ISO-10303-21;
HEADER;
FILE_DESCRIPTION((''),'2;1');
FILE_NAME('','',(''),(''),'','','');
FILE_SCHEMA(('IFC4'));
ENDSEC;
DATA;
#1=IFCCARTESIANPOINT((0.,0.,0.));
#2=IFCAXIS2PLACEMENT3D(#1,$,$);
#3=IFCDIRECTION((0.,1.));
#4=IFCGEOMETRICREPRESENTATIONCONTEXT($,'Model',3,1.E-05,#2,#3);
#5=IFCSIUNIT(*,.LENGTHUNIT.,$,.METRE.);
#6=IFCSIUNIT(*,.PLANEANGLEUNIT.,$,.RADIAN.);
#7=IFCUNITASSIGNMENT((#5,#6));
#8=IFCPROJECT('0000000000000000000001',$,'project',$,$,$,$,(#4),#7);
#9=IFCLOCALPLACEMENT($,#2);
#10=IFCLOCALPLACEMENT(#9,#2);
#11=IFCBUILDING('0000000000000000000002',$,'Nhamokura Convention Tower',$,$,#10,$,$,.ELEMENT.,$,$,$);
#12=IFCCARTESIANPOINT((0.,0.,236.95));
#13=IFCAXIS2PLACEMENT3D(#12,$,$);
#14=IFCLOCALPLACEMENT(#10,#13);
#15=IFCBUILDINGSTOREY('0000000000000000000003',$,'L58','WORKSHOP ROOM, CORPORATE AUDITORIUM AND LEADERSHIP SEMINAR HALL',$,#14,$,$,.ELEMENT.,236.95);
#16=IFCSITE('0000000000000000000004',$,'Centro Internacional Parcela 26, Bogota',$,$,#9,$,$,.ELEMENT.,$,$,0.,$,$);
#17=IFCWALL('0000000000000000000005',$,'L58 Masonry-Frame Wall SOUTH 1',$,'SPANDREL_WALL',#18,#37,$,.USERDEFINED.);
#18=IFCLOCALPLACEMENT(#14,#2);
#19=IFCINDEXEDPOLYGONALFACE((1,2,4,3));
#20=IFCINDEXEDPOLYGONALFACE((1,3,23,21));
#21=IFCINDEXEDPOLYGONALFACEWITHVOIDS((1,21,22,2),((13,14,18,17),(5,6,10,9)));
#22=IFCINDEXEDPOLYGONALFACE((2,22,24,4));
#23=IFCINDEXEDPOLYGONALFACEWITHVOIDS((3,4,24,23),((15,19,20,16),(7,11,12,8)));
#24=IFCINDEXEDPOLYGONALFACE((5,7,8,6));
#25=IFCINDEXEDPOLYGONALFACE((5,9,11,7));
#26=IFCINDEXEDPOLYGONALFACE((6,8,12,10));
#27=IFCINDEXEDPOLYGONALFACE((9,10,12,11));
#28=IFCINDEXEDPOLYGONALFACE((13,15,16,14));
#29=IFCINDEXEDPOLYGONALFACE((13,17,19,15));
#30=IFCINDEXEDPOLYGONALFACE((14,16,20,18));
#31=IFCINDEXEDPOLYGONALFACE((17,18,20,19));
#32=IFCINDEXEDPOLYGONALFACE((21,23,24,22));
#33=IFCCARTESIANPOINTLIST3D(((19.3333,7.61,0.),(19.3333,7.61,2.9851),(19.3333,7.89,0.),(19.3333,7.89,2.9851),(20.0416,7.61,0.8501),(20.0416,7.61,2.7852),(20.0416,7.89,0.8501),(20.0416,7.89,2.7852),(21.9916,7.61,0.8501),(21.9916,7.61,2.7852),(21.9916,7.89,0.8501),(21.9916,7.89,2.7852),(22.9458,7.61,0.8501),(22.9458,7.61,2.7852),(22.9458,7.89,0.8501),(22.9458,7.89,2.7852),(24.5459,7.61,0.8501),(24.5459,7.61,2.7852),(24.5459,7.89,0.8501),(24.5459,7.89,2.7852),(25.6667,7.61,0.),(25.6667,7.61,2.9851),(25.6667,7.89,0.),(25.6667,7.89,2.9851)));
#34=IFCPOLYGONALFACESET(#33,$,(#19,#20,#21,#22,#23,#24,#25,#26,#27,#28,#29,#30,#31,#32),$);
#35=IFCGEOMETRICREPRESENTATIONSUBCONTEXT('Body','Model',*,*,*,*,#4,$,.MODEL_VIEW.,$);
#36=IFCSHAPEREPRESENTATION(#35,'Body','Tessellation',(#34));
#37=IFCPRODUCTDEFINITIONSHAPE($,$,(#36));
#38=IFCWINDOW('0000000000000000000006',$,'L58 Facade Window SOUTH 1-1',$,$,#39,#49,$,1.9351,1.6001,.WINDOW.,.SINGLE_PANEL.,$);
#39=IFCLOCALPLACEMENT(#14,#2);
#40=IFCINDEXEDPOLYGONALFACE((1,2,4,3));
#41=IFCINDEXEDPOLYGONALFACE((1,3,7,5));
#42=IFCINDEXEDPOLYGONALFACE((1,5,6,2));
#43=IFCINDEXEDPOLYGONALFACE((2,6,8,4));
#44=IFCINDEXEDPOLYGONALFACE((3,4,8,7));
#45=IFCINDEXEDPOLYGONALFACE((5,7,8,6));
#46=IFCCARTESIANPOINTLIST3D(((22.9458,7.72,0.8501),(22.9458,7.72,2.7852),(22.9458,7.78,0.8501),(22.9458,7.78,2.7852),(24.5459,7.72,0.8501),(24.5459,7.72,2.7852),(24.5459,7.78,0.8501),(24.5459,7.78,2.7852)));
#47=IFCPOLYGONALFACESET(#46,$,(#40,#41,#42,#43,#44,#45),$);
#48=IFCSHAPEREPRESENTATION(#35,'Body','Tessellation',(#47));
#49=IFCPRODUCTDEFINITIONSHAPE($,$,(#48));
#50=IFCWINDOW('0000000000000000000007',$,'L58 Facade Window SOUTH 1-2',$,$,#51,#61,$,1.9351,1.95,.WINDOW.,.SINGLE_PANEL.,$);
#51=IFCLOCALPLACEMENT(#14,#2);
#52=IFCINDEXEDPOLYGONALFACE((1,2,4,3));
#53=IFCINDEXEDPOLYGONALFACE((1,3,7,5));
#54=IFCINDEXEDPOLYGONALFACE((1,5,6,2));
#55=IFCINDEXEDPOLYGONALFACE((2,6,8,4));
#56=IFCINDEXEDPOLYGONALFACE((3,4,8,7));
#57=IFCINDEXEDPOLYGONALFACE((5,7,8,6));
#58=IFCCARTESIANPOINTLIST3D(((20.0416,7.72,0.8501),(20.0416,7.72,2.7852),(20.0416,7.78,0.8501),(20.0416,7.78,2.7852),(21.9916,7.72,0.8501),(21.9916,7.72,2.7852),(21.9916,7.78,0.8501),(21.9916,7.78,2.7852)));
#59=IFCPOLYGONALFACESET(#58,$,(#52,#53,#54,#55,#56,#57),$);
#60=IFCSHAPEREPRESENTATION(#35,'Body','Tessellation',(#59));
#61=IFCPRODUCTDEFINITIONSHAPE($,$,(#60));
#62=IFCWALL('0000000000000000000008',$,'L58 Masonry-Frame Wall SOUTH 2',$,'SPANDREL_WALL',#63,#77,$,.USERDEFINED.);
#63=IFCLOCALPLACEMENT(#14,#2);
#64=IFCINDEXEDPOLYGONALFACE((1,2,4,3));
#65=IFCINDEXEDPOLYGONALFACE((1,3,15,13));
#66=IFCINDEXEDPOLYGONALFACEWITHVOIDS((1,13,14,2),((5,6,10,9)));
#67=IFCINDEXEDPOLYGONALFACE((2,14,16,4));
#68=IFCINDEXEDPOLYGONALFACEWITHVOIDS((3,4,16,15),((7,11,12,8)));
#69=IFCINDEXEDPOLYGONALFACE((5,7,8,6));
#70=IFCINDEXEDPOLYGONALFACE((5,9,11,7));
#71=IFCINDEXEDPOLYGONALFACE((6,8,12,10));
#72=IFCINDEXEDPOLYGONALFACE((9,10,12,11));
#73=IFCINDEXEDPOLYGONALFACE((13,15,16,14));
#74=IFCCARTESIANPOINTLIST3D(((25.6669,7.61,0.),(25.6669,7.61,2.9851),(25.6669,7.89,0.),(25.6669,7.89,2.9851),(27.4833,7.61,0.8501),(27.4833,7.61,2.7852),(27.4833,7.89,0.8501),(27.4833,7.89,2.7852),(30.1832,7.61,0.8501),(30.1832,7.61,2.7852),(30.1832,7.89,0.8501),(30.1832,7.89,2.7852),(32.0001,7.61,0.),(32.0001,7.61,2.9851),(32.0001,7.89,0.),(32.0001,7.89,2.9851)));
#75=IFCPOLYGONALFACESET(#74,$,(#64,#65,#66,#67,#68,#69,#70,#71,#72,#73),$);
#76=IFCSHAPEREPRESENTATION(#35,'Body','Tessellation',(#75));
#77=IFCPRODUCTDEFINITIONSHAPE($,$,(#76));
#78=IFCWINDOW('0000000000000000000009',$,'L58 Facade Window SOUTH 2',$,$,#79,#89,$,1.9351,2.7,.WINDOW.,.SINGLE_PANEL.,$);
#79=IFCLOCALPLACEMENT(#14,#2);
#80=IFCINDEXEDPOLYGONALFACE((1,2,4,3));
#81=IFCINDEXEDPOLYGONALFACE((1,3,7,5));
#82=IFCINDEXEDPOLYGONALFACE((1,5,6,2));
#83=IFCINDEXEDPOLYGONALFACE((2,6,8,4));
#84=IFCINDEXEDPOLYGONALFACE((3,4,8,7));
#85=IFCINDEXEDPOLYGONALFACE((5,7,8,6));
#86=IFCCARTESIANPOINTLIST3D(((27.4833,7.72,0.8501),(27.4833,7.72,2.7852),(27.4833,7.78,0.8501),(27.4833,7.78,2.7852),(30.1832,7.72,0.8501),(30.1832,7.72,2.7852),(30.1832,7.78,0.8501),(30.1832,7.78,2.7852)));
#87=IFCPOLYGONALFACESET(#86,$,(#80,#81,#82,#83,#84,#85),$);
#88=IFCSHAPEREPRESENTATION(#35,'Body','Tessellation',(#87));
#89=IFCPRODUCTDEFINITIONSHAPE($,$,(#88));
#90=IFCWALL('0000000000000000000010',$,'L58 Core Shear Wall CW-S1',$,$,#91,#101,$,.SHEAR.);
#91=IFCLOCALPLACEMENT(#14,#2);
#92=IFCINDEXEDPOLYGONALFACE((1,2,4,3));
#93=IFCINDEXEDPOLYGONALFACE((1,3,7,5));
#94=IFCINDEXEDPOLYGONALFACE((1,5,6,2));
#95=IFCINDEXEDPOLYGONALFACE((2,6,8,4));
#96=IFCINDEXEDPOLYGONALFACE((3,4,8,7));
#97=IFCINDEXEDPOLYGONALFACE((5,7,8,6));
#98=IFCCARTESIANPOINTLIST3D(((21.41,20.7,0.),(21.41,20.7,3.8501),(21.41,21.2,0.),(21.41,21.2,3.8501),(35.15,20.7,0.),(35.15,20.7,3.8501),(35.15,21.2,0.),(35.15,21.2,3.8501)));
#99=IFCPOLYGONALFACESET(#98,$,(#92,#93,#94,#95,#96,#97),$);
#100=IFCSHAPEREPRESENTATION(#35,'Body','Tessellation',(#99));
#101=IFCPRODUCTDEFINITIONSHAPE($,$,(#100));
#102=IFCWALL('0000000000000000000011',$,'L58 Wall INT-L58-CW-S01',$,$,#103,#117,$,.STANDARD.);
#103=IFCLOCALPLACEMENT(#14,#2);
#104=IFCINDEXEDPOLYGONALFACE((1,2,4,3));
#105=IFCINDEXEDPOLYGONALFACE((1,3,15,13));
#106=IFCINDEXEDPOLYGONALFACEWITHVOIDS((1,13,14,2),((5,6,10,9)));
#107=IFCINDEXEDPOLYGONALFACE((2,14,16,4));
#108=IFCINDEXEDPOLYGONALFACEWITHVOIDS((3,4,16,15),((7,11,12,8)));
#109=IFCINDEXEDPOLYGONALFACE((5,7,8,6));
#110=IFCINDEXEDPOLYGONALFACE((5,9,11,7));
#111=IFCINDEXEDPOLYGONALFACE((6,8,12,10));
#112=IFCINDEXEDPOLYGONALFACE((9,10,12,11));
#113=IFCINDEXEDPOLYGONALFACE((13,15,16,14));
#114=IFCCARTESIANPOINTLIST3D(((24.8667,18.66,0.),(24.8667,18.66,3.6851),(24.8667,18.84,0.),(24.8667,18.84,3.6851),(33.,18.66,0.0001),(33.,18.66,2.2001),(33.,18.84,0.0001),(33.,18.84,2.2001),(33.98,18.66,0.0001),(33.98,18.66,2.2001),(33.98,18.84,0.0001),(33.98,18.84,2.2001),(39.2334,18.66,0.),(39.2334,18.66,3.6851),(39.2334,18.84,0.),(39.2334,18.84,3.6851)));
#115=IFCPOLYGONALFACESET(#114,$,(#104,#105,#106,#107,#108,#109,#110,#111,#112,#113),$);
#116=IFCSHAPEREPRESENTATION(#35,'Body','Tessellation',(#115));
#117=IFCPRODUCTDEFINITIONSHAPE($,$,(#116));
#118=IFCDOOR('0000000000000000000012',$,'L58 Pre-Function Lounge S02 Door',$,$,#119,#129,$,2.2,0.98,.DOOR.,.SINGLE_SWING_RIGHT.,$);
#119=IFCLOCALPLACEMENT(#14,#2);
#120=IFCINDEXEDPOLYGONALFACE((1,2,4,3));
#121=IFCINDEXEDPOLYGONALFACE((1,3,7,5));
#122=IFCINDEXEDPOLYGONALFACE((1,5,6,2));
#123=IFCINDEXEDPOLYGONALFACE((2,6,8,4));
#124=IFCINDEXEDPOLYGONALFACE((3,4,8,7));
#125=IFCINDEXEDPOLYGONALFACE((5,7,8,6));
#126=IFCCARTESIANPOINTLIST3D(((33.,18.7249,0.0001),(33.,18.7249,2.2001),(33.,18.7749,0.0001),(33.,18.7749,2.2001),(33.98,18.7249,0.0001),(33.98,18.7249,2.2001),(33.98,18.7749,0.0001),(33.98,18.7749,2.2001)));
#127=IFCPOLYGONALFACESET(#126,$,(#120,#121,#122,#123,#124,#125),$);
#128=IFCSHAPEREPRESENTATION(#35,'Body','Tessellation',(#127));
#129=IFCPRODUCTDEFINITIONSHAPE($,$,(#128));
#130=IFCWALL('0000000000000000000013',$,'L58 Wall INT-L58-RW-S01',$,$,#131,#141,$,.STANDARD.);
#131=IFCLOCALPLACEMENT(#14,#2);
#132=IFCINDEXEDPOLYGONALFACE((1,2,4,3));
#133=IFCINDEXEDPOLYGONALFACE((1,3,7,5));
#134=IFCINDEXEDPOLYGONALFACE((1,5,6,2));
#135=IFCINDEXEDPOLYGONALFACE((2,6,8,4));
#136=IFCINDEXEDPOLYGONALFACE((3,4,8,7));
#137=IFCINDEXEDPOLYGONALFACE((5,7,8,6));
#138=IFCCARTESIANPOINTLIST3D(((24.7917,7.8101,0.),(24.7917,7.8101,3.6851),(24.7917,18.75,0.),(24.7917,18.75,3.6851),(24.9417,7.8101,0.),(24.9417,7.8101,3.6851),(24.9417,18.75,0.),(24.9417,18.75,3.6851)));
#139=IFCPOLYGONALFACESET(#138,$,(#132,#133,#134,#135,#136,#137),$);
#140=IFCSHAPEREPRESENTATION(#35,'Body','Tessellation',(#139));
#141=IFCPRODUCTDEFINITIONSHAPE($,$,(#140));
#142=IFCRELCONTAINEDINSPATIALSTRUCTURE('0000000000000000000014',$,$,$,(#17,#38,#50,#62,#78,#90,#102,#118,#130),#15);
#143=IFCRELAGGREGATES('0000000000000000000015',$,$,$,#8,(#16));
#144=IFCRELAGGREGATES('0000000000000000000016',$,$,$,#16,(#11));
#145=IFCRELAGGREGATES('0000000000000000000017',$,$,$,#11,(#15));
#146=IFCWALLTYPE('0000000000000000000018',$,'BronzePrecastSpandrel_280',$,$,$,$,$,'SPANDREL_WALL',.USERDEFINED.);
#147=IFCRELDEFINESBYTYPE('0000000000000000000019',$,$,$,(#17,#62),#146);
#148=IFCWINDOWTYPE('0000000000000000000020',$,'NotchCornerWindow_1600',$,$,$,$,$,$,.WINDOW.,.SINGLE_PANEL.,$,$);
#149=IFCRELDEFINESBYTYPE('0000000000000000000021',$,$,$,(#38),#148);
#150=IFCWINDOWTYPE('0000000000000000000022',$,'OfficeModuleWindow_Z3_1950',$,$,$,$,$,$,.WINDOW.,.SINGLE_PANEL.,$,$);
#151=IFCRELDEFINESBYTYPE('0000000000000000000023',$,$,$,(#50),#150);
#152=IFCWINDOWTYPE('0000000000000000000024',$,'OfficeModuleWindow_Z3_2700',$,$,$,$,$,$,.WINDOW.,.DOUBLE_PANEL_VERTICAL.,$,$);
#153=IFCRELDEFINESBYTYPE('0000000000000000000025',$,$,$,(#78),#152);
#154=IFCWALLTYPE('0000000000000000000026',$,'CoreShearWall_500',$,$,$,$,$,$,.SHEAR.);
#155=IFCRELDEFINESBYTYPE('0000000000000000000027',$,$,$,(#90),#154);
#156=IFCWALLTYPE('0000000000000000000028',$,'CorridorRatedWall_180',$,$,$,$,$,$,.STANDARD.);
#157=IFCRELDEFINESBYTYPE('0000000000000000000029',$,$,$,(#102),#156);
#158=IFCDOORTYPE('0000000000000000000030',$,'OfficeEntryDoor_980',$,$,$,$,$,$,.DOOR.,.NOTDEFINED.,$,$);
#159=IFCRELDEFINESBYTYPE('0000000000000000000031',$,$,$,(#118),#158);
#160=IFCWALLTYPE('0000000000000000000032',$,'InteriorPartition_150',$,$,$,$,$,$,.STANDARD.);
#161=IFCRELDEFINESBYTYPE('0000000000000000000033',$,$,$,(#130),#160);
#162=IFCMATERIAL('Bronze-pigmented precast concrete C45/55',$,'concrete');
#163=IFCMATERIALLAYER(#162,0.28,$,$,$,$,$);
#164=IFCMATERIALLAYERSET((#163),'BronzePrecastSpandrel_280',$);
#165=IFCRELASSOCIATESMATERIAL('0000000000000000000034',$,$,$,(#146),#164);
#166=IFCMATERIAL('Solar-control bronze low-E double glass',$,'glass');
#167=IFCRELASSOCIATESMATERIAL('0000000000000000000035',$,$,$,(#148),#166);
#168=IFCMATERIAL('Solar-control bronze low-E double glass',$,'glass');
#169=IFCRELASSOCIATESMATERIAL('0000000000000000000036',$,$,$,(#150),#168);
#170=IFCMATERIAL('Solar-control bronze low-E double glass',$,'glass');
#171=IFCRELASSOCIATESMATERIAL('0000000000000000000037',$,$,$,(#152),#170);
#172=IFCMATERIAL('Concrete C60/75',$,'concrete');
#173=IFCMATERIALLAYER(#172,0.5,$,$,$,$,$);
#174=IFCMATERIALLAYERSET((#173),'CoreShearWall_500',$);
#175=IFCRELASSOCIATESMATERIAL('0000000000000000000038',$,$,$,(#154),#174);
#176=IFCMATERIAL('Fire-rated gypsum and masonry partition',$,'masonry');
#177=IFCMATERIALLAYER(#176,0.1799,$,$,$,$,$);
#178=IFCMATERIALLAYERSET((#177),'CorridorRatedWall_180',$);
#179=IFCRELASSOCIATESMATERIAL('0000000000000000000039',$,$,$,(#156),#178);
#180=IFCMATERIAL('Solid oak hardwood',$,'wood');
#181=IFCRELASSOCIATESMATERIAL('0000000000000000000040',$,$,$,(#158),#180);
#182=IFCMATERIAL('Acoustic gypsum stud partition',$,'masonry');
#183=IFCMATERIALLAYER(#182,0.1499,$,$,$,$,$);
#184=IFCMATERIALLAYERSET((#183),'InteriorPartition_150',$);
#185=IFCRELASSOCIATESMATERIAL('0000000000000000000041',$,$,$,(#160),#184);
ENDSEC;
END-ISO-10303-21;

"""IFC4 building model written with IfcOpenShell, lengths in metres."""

from ifc_helpers import new_model, si_unit, direction, frame, frame_2d, origin, place, context, subcontext, project, spatial, rectangle, extrude, material, layer, layer_set, type_object, element, fill, save


model = new_model("IFC4")

# Units and contexts
model_context = context("Model", 3, precision=1e-05, world=origin(), true_north=direction((0.0, 1.0)))
body_context = subcontext(model_context, "Body", "Model", "MODEL_VIEW")
ifc_project = project(units=[si_unit("LENGTHUNIT", "METRE"), si_unit("PLANEANGLEUNIT", "RADIAN")], contexts=[model_context])

# Site, building, storey
site_placement = place(None, origin())
site = spatial("IfcSite", under=ifc_project, at=site_placement, Name="Centro Internacional Parcela 26, Bogota", CompositionType="ELEMENT", RefElevation=0.0)
building_placement = place(site_placement, origin())
building = spatial("IfcBuilding", under=site, at=building_placement, Name="Nhamokura Convention Tower", CompositionType="ELEMENT")
storey_placement = place(building_placement, frame((0.0, 0.0, 236.95)))
storey = spatial("IfcBuildingStorey", under=building, at=storey_placement, Name="L58", Description="WORKSHOP ROOM, CORPORATE AUDITORIUM AND LEADERSHIP SEMINAR HALL", CompositionType="ELEMENT", Elevation=236.95)

# Wall, openings, windows
ifc_material_1 = material(Name="Bronze-pigmented precast concrete C45/55", Category="concrete")
ifc_layer_1 = layer(ifc_material_1, 0.28)
ifc_layer_set_1 = layer_set([ifc_layer_1], Name="BronzePrecastSpandrel_280")
wall_type_1 = type_object("IfcWallType", Name="BronzePrecastSpandrel_280", ElementType="SPANDREL_WALL", PredefinedType="USERDEFINED", material=ifc_layer_set_1)
wall_1_placement = place(storey_placement, frame((25.6667, 7.75, 0.0), z_axis=(0.0, 0.0, 1.0), x_axis=(-1.0, 0.0, 0.0)))
wall_1 = element("IfcWall", 1, at=wall_1_placement, inside=storey, type_object=wall_type_1, Name="L58 Masonry-Frame Wall SOUTH 1", ObjectType="SPANDREL_WALL", PredefinedType="USERDEFINED", context=body_context, shape_type="SweptSolid", body=[
    extrude(rectangle(XDim=6.3335, YDim=0.28, at=frame_2d((3.1667, 0.0))), origin(), (0.0, 0.0, 1.0), 2.9851),
])
opening_1_placement = place(wall_1_placement, frame((1.1208, 0.0, 0.8501)))
opening_1 = element("IfcOpeningElement", 2, at=opening_1_placement, cuts=wall_1, PredefinedType="OPENING", context=body_context, shape_type="SweptSolid", body=[
    extrude(rectangle(XDim=1.6001, YDim=1.9351, at=frame_2d((0.8, 0.9675))), frame((0.0, 0.1499, 0.0), z_axis=(0.0, -1.0, 0.0), x_axis=(1.0, 0.0, 0.0)), (0.0, 0.0, 1.0), 0.3),
])
opening_2_placement = place(wall_1_placement, frame((3.675, 0.0, 0.8501)))
opening_2 = element("IfcOpeningElement", 3, at=opening_2_placement, cuts=wall_1, PredefinedType="OPENING", context=body_context, shape_type="SweptSolid", body=[
    extrude(rectangle(XDim=1.95, YDim=1.9351, at=frame_2d((0.9751, 0.9675))), frame((0.0, 0.1499, 0.0), z_axis=(0.0, -1.0, 0.0), x_axis=(1.0, 0.0, 0.0)), (0.0, 0.0, 1.0), 0.3),
])
ifc_material_2 = material(Name="Solar-control bronze low-E double glass", Category="glass")
window_type_1 = type_object("IfcWindowType", Name="NotchCornerWindow_1600", PartitioningType="SINGLE_PANEL", PredefinedType="WINDOW", material=ifc_material_2)
window_1_placement = place(opening_1_placement, origin())
window_1 = element("IfcWindow", 4, at=window_1_placement, inside=storey, type_object=window_type_1, Name="L58 Facade Window SOUTH 1-1", OverallHeight=1.9351, OverallWidth=1.6001, PartitioningType="SINGLE_PANEL", PredefinedType="WINDOW", context=body_context, shape_type="SweptSolid", body=[
    extrude(rectangle(XDim=1.6001, YDim=1.9351, at=frame_2d((0.8, 0.9675))), frame((0.0, 0.03, 0.0), z_axis=(0.0, -1.0, 0.0), x_axis=(1.0, 0.0, 0.0)), (0.0, 0.0, 1.0), 0.0601),
])
fill(opening_1, window_1)
ifc_material_3 = material(Name="Solar-control bronze low-E double glass", Category="glass")
window_type_2 = type_object("IfcWindowType", Name="OfficeModuleWindow_Z3_1950", PartitioningType="SINGLE_PANEL", PredefinedType="WINDOW", material=ifc_material_3)
window_2_placement = place(opening_2_placement, origin())
window_2 = element("IfcWindow", 5, at=window_2_placement, inside=storey, type_object=window_type_2, Name="L58 Facade Window SOUTH 1-2", OverallHeight=1.9351, OverallWidth=1.95, PartitioningType="SINGLE_PANEL", PredefinedType="WINDOW", context=body_context, shape_type="SweptSolid", body=[
    extrude(rectangle(XDim=1.95, YDim=1.9351, at=frame_2d((0.9751, 0.9675))), frame((0.0, 0.03, 0.0), z_axis=(0.0, -1.0, 0.0), x_axis=(1.0, 0.0, 0.0)), (0.0, 0.0, 1.0), 0.0601),
])
fill(opening_2, window_2)

# Wall, opening, window
wall_2_placement = place(storey_placement, frame((32.0, 7.75, 0.0), z_axis=(0.0, 0.0, 1.0), x_axis=(-1.0, 0.0, 0.0)))
wall_2 = element("IfcWall", 6, at=wall_2_placement, inside=storey, type_object=wall_type_1, Name="L58 Masonry-Frame Wall SOUTH 2", ObjectType="SPANDREL_WALL", PredefinedType="USERDEFINED", context=body_context, shape_type="SweptSolid", body=[
    extrude(rectangle(XDim=6.3333, YDim=0.28, at=frame_2d((3.1665, 0.0))), origin(), (0.0, 0.0, 1.0), 2.9851),
])
opening_3_placement = place(wall_2_placement, frame((1.8167, 0.0, 0.8501)))
opening_3 = element("IfcOpeningElement", 7, at=opening_3_placement, cuts=wall_2, PredefinedType="OPENING", context=body_context, shape_type="SweptSolid", body=[
    extrude(rectangle(XDim=2.7, YDim=1.9351, at=frame_2d((1.3501, 0.9675))), frame((0.0, 0.1499, 0.0), z_axis=(0.0, -1.0, 0.0), x_axis=(1.0, 0.0, 0.0)), (0.0, 0.0, 1.0), 0.3),
])
ifc_material_4 = material(Name="Solar-control bronze low-E double glass", Category="glass")
window_type_3 = type_object("IfcWindowType", Name="OfficeModuleWindow_Z3_2700", PartitioningType="DOUBLE_PANEL_VERTICAL", PredefinedType="WINDOW", material=ifc_material_4)
window_3_placement = place(opening_3_placement, origin())
window_3 = element("IfcWindow", 8, at=window_3_placement, inside=storey, type_object=window_type_3, Name="L58 Facade Window SOUTH 2", OverallHeight=1.9351, OverallWidth=2.7, PartitioningType="SINGLE_PANEL", PredefinedType="WINDOW", context=body_context, shape_type="SweptSolid", body=[
    extrude(rectangle(XDim=2.7, YDim=1.9351, at=frame_2d((1.3501, 0.9675))), frame((0.0, 0.03, 0.0), z_axis=(0.0, -1.0, 0.0), x_axis=(1.0, 0.0, 0.0)), (0.0, 0.0, 1.0), 0.0601),
])
fill(opening_3, window_3)

# Shared definitions
ifc_material_5 = material(Name="Concrete C60/75", Category="concrete")
ifc_layer_2 = layer(ifc_material_5, 0.5)
ifc_layer_set_2 = layer_set([ifc_layer_2], Name="CoreShearWall_500")
wall_type_2 = type_object("IfcWallType", Name="CoreShearWall_500", PredefinedType="SHEAR", material=ifc_layer_set_2)

# Wall
wall_3_placement = place(storey_placement, frame((21.4099, 20.95, 0.0), z_axis=(0.0, 0.0, 1.0), x_axis=(1.0, 0.0, 0.0)))
element("IfcWall", 9, at=wall_3_placement, inside=storey, type_object=wall_type_2, Name="L58 Core Shear Wall CW-S1", PredefinedType="SHEAR", context=body_context, shape_type="SweptSolid", body=[
    extrude(rectangle(XDim=13.74, YDim=0.5, at=frame_2d((6.8701, 0.0))), origin(), (0.0, 0.0, 1.0), 3.8501),
])

# Wall, opening, door
ifc_material_6 = material(Name="Fire-rated gypsum and masonry partition", Category="masonry")
ifc_layer_3 = layer(ifc_material_6, 0.1799)
ifc_layer_set_3 = layer_set([ifc_layer_3], Name="CorridorRatedWall_180")
wall_type_3 = type_object("IfcWallType", Name="CorridorRatedWall_180", PredefinedType="STANDARD", material=ifc_layer_set_3)
wall_4_placement = place(storey_placement, frame((24.8667, 18.75, 0.0), z_axis=(0.0, 0.0, 1.0), x_axis=(1.0, 0.0, 0.0)))
wall_4 = element("IfcWall", 10, at=wall_4_placement, inside=storey, type_object=wall_type_3, Name="L58 Wall INT-L58-CW-S01", PredefinedType="STANDARD", context=body_context, shape_type="SweptSolid", body=[
    extrude(rectangle(XDim=14.3667, YDim=0.1799, at=frame_2d((7.1833, 0.0))), origin(), (0.0, 0.0, 1.0), 3.6851),
])
opening_4_placement = place(wall_4_placement, frame((8.1333, 0.0, 0.0)))
opening_4 = element("IfcOpeningElement", 11, at=opening_4_placement, cuts=wall_4, PredefinedType="OPENING", context=body_context, shape_type="SweptSolid", body=[
    extrude(rectangle(XDim=0.98, YDim=2.2, at=frame_2d((0.49, 1.1001))), frame((0.0, 0.0999, 0.0), z_axis=(0.0, -1.0, 0.0), x_axis=(1.0, 0.0, 0.0)), (0.0, 0.0, 1.0), 0.2),
])
ifc_material_7 = material(Name="Solid oak hardwood", Category="wood")
door_type_1 = type_object("IfcDoorType", Name="OfficeEntryDoor_980", OperationType="NOTDEFINED", PredefinedType="DOOR", material=ifc_material_7)
door_1_placement = place(opening_4_placement, origin())
door_1 = element("IfcDoor", 12, at=door_1_placement, inside=storey, type_object=door_type_1, Name="L58 Pre-Function Lounge S02 Door", OperationType="SINGLE_SWING_RIGHT", OverallHeight=2.2, OverallWidth=0.98, PredefinedType="DOOR", context=body_context, shape_type="SweptSolid", body=[
    extrude(rectangle(XDim=0.98, YDim=2.2, at=frame_2d((0.49, 1.1001))), frame((0.0, 0.0249, 0.0), z_axis=(0.0, -1.0, 0.0), x_axis=(1.0, 0.0, 0.0)), (0.0, 0.0, 1.0), 0.05),
])
fill(opening_4, door_1)

# Wall
ifc_material_8 = material(Name="Acoustic gypsum stud partition", Category="masonry")
ifc_layer_4 = layer(ifc_material_8, 0.1499)
ifc_layer_set_4 = layer_set([ifc_layer_4], Name="InteriorPartition_150")
wall_type_4 = type_object("IfcWallType", Name="InteriorPartition_150", PredefinedType="STANDARD", material=ifc_layer_set_4)
wall_5_placement = place(storey_placement, frame((24.8667, 7.8101, 0.0), z_axis=(0.0, 0.0, 1.0), x_axis=(0.0, 1.0, 0.0)))
element("IfcWall", 13, at=wall_5_placement, inside=storey, type_object=wall_type_4, Name="L58 Wall INT-L58-RW-S01", PredefinedType="STANDARD", context=body_context, shape_type="SweptSolid", body=[
    extrude(rectangle(XDim=10.9399, YDim=0.1499, at=frame_2d((5.47, 0.0))), origin(), (0.0, 0.0, 1.0), 3.6851),
])

save(model, "model.ifc")
